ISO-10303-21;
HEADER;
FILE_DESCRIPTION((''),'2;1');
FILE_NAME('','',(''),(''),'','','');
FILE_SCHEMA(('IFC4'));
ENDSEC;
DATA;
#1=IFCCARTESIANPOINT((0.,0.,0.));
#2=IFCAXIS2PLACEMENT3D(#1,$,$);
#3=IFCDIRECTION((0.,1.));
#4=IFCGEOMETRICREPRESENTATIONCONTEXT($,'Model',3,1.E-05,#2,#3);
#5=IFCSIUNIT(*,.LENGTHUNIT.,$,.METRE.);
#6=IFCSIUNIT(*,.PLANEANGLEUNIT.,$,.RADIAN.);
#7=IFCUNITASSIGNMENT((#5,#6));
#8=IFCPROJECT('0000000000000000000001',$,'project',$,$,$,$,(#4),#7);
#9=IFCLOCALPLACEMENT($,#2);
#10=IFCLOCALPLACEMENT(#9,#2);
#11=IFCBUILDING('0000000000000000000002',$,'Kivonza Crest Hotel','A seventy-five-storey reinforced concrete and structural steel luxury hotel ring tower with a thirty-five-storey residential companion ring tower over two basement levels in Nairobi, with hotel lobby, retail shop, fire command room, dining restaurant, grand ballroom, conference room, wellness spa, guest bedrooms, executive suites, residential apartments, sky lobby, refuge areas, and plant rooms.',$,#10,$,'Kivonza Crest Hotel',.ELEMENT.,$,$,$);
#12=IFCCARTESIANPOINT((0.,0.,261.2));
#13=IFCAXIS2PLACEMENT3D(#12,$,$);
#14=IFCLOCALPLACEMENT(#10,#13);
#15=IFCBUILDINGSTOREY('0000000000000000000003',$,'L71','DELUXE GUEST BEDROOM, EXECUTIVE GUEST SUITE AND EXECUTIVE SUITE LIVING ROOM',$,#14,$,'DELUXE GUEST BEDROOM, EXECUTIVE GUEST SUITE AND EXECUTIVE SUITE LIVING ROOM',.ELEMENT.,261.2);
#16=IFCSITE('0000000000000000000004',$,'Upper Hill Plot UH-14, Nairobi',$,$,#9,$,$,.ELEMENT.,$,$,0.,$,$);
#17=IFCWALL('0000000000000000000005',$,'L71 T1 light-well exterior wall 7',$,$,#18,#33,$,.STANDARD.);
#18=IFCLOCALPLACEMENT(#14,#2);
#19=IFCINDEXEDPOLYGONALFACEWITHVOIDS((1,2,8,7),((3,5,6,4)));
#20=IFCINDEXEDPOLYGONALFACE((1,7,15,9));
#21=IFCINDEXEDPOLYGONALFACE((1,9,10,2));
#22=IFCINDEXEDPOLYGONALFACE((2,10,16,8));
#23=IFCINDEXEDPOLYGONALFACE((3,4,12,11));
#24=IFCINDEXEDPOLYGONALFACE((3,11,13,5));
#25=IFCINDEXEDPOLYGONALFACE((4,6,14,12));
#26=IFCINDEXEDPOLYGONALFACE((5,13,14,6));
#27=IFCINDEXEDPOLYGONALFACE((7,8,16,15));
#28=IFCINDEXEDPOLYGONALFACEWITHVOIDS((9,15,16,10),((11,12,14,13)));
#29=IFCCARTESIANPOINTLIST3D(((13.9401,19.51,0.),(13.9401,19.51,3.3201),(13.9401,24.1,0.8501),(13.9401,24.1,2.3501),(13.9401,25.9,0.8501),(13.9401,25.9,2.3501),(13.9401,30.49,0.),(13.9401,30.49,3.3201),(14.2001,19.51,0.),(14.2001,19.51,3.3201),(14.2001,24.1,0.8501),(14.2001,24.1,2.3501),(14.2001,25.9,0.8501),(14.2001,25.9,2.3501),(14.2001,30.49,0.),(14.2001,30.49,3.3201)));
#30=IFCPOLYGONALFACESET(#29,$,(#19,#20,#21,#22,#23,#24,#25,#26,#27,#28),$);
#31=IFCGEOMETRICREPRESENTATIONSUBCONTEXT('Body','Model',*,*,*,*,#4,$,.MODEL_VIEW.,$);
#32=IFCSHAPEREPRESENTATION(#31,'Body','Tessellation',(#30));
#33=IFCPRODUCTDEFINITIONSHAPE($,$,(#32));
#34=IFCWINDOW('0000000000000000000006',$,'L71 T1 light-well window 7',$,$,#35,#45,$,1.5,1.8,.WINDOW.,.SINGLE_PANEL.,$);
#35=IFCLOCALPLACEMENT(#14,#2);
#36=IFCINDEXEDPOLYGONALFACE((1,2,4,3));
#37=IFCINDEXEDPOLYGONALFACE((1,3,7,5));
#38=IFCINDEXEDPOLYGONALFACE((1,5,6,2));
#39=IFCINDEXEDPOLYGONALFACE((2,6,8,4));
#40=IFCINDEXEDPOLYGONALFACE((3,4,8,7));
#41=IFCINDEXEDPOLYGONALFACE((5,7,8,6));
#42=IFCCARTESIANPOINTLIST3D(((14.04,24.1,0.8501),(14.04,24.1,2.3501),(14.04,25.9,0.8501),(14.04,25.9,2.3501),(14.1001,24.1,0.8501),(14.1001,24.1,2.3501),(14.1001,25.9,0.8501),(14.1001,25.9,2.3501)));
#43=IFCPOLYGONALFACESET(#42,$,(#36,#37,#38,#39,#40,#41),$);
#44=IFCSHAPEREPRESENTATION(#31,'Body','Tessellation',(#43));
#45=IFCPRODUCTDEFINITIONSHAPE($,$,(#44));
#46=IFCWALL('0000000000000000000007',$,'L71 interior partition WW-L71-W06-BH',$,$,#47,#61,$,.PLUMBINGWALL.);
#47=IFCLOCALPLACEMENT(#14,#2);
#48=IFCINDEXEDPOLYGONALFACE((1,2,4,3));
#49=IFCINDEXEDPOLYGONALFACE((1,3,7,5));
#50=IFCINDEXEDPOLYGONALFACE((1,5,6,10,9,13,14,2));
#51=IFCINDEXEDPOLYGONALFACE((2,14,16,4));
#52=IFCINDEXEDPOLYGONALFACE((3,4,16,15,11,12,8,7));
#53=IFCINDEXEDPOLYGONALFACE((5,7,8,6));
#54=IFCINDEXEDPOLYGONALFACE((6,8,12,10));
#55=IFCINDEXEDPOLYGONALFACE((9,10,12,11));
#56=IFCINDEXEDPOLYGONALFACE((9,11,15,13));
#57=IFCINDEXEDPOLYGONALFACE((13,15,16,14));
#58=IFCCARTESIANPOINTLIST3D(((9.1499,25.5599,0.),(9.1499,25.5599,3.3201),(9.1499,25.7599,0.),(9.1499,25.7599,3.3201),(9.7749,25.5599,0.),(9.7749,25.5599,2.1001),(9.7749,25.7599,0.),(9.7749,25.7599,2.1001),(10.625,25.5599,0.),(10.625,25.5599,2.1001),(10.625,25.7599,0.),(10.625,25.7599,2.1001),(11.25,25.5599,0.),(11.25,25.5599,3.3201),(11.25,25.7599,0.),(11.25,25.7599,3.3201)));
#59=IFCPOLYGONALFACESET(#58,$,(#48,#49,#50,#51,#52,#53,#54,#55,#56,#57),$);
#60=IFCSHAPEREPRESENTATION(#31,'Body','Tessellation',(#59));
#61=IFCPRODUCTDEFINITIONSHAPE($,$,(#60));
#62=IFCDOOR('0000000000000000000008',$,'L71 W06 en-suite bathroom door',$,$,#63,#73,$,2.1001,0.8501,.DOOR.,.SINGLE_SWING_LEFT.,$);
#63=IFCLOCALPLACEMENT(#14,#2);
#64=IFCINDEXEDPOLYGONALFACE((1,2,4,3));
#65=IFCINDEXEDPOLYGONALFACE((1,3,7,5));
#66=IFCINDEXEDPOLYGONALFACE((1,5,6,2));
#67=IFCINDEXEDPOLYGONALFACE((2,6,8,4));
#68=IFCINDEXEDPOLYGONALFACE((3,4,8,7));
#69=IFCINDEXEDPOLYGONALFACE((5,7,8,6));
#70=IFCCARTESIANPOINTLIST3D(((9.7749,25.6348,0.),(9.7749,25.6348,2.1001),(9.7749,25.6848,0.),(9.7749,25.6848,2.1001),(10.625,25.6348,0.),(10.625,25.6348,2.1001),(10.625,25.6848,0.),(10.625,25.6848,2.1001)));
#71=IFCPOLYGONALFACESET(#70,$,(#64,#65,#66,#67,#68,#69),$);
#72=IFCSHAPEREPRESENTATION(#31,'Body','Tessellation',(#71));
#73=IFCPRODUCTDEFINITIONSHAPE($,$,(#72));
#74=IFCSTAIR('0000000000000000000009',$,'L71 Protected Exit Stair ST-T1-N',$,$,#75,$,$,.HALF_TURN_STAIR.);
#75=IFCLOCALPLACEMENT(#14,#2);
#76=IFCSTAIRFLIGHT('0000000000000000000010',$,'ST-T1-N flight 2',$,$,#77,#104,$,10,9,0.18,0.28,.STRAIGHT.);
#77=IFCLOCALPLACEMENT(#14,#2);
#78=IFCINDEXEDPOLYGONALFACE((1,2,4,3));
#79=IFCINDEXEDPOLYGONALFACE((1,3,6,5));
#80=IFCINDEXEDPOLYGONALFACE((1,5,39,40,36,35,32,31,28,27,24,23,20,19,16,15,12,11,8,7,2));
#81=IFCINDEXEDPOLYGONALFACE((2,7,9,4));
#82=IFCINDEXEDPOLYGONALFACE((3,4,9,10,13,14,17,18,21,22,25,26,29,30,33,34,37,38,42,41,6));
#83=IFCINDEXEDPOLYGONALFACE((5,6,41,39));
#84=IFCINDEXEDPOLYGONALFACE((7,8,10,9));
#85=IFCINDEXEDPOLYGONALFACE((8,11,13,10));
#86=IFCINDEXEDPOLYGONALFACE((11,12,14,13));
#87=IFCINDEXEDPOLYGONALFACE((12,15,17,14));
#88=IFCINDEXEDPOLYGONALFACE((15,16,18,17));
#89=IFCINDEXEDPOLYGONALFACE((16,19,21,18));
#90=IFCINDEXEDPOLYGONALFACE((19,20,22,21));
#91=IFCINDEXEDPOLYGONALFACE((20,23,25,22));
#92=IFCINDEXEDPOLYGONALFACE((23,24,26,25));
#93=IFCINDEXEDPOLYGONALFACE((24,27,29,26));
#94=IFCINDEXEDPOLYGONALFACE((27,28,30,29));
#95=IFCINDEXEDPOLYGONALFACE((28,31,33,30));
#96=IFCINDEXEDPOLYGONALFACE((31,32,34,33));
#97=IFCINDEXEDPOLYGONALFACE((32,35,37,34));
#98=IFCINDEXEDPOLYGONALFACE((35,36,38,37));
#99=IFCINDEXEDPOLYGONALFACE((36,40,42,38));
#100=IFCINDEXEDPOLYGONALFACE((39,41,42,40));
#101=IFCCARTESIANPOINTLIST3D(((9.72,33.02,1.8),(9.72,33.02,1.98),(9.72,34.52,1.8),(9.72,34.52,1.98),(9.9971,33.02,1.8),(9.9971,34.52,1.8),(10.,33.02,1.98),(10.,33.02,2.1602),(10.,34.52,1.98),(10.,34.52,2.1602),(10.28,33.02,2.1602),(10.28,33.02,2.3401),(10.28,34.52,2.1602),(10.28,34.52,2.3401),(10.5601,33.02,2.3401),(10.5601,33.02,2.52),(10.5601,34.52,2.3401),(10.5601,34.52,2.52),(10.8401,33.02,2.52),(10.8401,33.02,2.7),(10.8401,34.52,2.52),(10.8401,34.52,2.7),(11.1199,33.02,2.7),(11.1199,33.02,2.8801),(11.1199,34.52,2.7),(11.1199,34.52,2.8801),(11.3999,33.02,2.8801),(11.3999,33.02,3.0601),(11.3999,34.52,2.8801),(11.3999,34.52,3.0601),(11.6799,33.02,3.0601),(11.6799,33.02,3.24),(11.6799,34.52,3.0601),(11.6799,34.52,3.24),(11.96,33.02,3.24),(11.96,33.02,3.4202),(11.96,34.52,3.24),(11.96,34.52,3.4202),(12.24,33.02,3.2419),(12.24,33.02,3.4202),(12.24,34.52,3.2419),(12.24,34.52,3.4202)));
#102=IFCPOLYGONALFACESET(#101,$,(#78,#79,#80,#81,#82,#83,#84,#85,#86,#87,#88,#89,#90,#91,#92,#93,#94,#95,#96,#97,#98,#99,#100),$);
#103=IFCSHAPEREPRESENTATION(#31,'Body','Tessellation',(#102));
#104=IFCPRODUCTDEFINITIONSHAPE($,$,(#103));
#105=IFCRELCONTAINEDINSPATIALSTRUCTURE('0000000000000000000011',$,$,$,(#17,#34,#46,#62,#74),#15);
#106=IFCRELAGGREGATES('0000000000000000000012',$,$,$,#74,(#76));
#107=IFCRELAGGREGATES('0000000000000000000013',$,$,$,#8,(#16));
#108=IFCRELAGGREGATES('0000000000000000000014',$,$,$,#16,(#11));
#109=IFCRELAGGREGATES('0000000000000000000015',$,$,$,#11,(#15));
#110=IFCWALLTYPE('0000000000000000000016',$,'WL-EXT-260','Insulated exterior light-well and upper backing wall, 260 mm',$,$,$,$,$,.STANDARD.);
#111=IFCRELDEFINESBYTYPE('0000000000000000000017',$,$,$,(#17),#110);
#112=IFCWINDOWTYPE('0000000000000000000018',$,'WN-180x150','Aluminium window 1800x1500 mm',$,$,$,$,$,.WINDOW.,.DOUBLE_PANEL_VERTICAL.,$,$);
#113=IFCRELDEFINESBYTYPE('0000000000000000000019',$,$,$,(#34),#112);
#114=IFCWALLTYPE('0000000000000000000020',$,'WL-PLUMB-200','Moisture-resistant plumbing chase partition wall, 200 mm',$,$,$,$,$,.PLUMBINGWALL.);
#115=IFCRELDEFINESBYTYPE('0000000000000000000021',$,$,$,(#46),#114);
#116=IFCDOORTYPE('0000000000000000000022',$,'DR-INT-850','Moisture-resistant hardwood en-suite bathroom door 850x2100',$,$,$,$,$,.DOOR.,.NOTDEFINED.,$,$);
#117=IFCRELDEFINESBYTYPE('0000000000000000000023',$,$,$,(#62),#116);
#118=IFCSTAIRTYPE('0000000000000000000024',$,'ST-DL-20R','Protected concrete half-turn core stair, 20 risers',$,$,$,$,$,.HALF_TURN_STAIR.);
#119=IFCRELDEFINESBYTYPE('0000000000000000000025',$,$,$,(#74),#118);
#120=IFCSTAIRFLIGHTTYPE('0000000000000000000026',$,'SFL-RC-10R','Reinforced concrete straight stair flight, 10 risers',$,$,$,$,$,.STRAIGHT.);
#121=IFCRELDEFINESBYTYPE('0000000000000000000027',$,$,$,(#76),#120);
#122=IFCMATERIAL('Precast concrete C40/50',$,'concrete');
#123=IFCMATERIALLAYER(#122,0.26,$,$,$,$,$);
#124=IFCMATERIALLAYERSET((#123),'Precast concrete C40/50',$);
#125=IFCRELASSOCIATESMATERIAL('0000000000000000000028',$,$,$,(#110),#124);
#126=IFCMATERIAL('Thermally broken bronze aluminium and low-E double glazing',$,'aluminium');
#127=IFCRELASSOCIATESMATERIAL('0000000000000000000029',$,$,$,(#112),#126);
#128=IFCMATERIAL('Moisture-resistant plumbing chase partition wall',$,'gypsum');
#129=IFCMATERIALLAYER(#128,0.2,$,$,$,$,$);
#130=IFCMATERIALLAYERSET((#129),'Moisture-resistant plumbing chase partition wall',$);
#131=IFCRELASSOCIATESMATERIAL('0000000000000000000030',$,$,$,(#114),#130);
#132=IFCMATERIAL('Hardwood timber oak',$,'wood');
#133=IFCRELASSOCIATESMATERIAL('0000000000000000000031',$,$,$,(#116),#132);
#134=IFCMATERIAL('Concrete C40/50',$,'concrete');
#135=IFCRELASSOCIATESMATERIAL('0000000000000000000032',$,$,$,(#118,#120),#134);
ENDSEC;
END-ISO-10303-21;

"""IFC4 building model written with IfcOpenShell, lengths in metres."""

from ifc_helpers import new_model, si_unit, direction, frame, frame_2d, origin, place, context, subcontext, project, spatial, polyline, rectangle, outline, extrude, material, layer, layer_set, type_object, element, fill, aggregate, save


model = new_model("IFC4")

# Units and contexts
model_context = context("Model", 3, precision=1e-05, world=origin(), true_north=direction((0.0, 1.0)))
body_context = subcontext(model_context, "Body", "Model", "MODEL_VIEW")
ifc_project = project(units=[si_unit("LENGTHUNIT", "METRE"), si_unit("PLANEANGLEUNIT", "RADIAN")], contexts=[model_context])

# Site, building, storey
site_placement = place(None, origin())
site = spatial("IfcSite", under=ifc_project, at=site_placement, Name="Upper Hill Plot UH-14, Nairobi", CompositionType="ELEMENT", RefElevation=0.0)
building_placement = place(site_placement, origin())
building = spatial("IfcBuilding", under=site, at=building_placement, Name="Kivonza Crest Hotel", Description="A seventy-five-storey reinforced concrete and structural steel luxury hotel ring tower with a thirty-five-storey residential companion ring tower over two basement levels in Nairobi, with hotel lobby, retail shop, fire command room, dining restaurant, grand ballroom, conference room, wellness spa, guest bedrooms, executive suites, residential apartments, sky lobby, refuge areas, and plant rooms.", LongName="Kivonza Crest Hotel", CompositionType="ELEMENT")
storey_placement = place(building_placement, frame((0.0, 0.0, 261.2)))
storey = spatial("IfcBuildingStorey", under=building, at=storey_placement, Name="L71", Description="DELUXE GUEST BEDROOM, EXECUTIVE GUEST SUITE AND EXECUTIVE SUITE LIVING ROOM", LongName="DELUXE GUEST BEDROOM, EXECUTIVE GUEST SUITE AND EXECUTIVE SUITE LIVING ROOM", CompositionType="ELEMENT", Elevation=261.2)

# Shared definitions
ifc_material_1 = material(Name="Hardwood timber oak", Category="wood")

# Shared definitions
ifc_material_2 = material(Name="Precast concrete C40/50", Category="concrete")
ifc_layer_1 = layer(ifc_material_2, 0.26)
ifc_layer_set_1 = layer_set([ifc_layer_1], Name="Precast concrete C40/50")
wall_type_1 = type_object("IfcWallType", Name="WL-EXT-260", Description="Insulated exterior light-well and upper backing wall, 260 mm", PredefinedType="STANDARD", material=ifc_layer_set_1)

# Wall, opening, window
wall_1_placement = place(storey_placement, frame((14.0701, 30.49, 0.0), z_axis=(0.0, 0.0, 1.0), x_axis=(0.0, -1.0, 0.0)))
wall_1 = element("IfcWall", 1, at=wall_1_placement, inside=storey, type_object=wall_type_1, Name="L71 T1 light-well exterior wall 7", PredefinedType="STANDARD", context=body_context, shape_type="SweptSolid", body=[
    extrude(rectangle(XDim=10.98, YDim=0.26, at=frame_2d((5.49, 0.0))), origin(), (0.0, 0.0, 1.0), 3.3201),
])
opening_1_placement = place(wall_1_placement, frame((4.5901, 0.0, 0.8501)))
opening_1 = element("IfcOpeningElement", 2, at=opening_1_placement, cuts=wall_1, PredefinedType="OPENING", context=body_context, shape_type="SweptSolid", body=[
    extrude(rectangle(XDim=1.8, YDim=1.5, at=frame_2d((0.8999, 0.75))), frame((0.0, 0.1401, 0.0), z_axis=(0.0, -1.0, 0.0), x_axis=(1.0, 0.0, 0.0)), (0.0, 0.0, 1.0), 0.28),
])
ifc_material_3 = material(Name="Thermally broken bronze aluminium and low-E double glazing", Category="aluminium")
window_type = type_object("IfcWindowType", Name="WN-180x150", Description="Aluminium window 1800x1500 mm", PartitioningType="DOUBLE_PANEL_VERTICAL", PredefinedType="WINDOW", material=ifc_material_3)
window_placement = place(opening_1_placement, origin())
window = element("IfcWindow", 3, at=window_placement, inside=storey, type_object=window_type, Name="L71 T1 light-well window 7", OverallHeight=1.5, OverallWidth=1.8, PartitioningType="SINGLE_PANEL", PredefinedType="WINDOW", context=body_context, shape_type="SweptSolid", body=[
    extrude(rectangle(XDim=1.8, YDim=1.5, at=frame_2d((0.8999, 0.75))), frame((0.0, 0.03, 0.0), z_axis=(0.0, -1.0, 0.0), x_axis=(1.0, 0.0, 0.0)), (0.0, 0.0, 1.0), 0.0601),
])
fill(opening_1, window)

# Wall, opening, door
ifc_material_4 = material(Name="Moisture-resistant plumbing chase partition wall", Category="gypsum")
ifc_layer_2 = layer(ifc_material_4, 0.2)
ifc_layer_set_2 = layer_set([ifc_layer_2], Name="Moisture-resistant plumbing chase partition wall")
wall_type_2 = type_object("IfcWallType", Name="WL-PLUMB-200", Description="Moisture-resistant plumbing chase partition wall, 200 mm", PredefinedType="PLUMBINGWALL", material=ifc_layer_set_2)
wall_2_placement = place(storey_placement, frame((9.1499, 25.6599, 0.0), z_axis=(0.0, 0.0, 1.0), x_axis=(1.0, 0.0, 0.0)))
wall_2 = element("IfcWall", 4, at=wall_2_placement, inside=storey, type_object=wall_type_2, Name="L71 interior partition WW-L71-W06-BH", PredefinedType="PLUMBINGWALL", context=body_context, shape_type="SweptSolid", body=[
    extrude(rectangle(XDim=2.1001, YDim=0.2, at=frame_2d((1.05, 0.0))), origin(), (0.0, 0.0, 1.0), 3.3201),
])
opening_2_placement = place(wall_2_placement, frame((0.625, 0.0, 0.0)))
opening_2 = element("IfcOpeningElement", 5, at=opening_2_placement, cuts=wall_2, PredefinedType="OPENING", context=body_context, shape_type="SweptSolid", body=[
    extrude(rectangle(XDim=0.8501, YDim=2.1001, at=frame_2d((0.425, 1.05))), frame((0.0, 0.1099, 0.0), z_axis=(0.0, -1.0, 0.0), x_axis=(1.0, 0.0, 0.0)), (0.0, 0.0, 1.0), 0.22),
])
door_type_1 = type_object("IfcDoorType", Name="DR-INT-850", Description="Moisture-resistant hardwood en-suite bathroom door 850x2100", OperationType="NOTDEFINED", PredefinedType="DOOR", material=ifc_material_1)
door_1_placement = place(opening_2_placement, origin())
door_1 = element("IfcDoor", 6, at=door_1_placement, inside=storey, type_object=door_type_1, Name="L71 W06 en-suite bathroom door", OperationType="SINGLE_SWING_LEFT", OverallHeight=2.1001, OverallWidth=0.8501, PredefinedType="DOOR", context=body_context, shape_type="SweptSolid", body=[
    extrude(rectangle(XDim=0.8501, YDim=2.1001, at=frame_2d((0.425, 1.05))), frame((0.0, 0.0249, 0.0), z_axis=(0.0, -1.0, 0.0), x_axis=(1.0, 0.0, 0.0)), (0.0, 0.0, 1.0), 0.05),
])
fill(opening_2, door_1)

# Stair, stair flight
ifc_material_5 = material(Name="Concrete C40/50", Category="concrete")
stair_type = type_object("IfcStairType", Name="ST-DL-20R", Description="Protected concrete half-turn core stair, 20 risers", PredefinedType="HALF_TURN_STAIR", material=ifc_material_5)
stair_placement = place(storey_placement, origin())
stair = element("IfcStair", 7, at=stair_placement, inside=storey, type_object=stair_type, Name="L71 Protected Exit Stair ST-T1-N", PredefinedType="HALF_TURN_STAIR")
stair_flight_type = type_object("IfcStairFlightType", Name="SFL-RC-10R", Description="Reinforced concrete straight stair flight, 10 risers", PredefinedType="STRAIGHT", material=ifc_material_5)
stair_flight_placement = place(storey_placement, frame((9.72, 33.77, 1.8), z_axis=(0.0, 0.0, 1.0), x_axis=(1.0, 0.0, 0.0)))
stair_flight = element("IfcStairFlight", 8, at=stair_flight_placement, type_object=stair_flight_type, Name="ST-T1-N flight 2", NumberOfRisers=10, NumberOfTreads=9, PredefinedType="STRAIGHT", RiserHeight=0.18, TreadLength=0.28, context=body_context, shape_type="SweptSolid", body=[
    extrude(outline(polyline([(0.0, 0.0), (0.0, 0.1799), (0.28, 0.1799), (0.28, 0.3601), (0.5601, 0.3601), (0.5601, 0.54), (0.8401, 0.54), (0.8401, 0.72), (1.1201, 0.72), (1.1201, 0.8999), (1.3999, 0.8999), (1.3999, 1.0801), (1.6799, 1.0801), (1.6799, 1.26), (1.96, 1.26), (1.96, 1.4399), (2.24, 1.4399), (2.24, 1.6201), (2.52, 1.6201), (2.52, 1.8), (2.52, 1.4419), (0.2771, 0.0), (0.0, 0.0)])), frame((0.0, 0.75, 0.0), z_axis=(0.0, -1.0, 0.0), x_axis=(1.0, 0.0, 0.0)), (0.0, 0.0, 1.0), 1.5),
])
aggregate(stair, [stair_flight])

save(model, "model.ifc")
